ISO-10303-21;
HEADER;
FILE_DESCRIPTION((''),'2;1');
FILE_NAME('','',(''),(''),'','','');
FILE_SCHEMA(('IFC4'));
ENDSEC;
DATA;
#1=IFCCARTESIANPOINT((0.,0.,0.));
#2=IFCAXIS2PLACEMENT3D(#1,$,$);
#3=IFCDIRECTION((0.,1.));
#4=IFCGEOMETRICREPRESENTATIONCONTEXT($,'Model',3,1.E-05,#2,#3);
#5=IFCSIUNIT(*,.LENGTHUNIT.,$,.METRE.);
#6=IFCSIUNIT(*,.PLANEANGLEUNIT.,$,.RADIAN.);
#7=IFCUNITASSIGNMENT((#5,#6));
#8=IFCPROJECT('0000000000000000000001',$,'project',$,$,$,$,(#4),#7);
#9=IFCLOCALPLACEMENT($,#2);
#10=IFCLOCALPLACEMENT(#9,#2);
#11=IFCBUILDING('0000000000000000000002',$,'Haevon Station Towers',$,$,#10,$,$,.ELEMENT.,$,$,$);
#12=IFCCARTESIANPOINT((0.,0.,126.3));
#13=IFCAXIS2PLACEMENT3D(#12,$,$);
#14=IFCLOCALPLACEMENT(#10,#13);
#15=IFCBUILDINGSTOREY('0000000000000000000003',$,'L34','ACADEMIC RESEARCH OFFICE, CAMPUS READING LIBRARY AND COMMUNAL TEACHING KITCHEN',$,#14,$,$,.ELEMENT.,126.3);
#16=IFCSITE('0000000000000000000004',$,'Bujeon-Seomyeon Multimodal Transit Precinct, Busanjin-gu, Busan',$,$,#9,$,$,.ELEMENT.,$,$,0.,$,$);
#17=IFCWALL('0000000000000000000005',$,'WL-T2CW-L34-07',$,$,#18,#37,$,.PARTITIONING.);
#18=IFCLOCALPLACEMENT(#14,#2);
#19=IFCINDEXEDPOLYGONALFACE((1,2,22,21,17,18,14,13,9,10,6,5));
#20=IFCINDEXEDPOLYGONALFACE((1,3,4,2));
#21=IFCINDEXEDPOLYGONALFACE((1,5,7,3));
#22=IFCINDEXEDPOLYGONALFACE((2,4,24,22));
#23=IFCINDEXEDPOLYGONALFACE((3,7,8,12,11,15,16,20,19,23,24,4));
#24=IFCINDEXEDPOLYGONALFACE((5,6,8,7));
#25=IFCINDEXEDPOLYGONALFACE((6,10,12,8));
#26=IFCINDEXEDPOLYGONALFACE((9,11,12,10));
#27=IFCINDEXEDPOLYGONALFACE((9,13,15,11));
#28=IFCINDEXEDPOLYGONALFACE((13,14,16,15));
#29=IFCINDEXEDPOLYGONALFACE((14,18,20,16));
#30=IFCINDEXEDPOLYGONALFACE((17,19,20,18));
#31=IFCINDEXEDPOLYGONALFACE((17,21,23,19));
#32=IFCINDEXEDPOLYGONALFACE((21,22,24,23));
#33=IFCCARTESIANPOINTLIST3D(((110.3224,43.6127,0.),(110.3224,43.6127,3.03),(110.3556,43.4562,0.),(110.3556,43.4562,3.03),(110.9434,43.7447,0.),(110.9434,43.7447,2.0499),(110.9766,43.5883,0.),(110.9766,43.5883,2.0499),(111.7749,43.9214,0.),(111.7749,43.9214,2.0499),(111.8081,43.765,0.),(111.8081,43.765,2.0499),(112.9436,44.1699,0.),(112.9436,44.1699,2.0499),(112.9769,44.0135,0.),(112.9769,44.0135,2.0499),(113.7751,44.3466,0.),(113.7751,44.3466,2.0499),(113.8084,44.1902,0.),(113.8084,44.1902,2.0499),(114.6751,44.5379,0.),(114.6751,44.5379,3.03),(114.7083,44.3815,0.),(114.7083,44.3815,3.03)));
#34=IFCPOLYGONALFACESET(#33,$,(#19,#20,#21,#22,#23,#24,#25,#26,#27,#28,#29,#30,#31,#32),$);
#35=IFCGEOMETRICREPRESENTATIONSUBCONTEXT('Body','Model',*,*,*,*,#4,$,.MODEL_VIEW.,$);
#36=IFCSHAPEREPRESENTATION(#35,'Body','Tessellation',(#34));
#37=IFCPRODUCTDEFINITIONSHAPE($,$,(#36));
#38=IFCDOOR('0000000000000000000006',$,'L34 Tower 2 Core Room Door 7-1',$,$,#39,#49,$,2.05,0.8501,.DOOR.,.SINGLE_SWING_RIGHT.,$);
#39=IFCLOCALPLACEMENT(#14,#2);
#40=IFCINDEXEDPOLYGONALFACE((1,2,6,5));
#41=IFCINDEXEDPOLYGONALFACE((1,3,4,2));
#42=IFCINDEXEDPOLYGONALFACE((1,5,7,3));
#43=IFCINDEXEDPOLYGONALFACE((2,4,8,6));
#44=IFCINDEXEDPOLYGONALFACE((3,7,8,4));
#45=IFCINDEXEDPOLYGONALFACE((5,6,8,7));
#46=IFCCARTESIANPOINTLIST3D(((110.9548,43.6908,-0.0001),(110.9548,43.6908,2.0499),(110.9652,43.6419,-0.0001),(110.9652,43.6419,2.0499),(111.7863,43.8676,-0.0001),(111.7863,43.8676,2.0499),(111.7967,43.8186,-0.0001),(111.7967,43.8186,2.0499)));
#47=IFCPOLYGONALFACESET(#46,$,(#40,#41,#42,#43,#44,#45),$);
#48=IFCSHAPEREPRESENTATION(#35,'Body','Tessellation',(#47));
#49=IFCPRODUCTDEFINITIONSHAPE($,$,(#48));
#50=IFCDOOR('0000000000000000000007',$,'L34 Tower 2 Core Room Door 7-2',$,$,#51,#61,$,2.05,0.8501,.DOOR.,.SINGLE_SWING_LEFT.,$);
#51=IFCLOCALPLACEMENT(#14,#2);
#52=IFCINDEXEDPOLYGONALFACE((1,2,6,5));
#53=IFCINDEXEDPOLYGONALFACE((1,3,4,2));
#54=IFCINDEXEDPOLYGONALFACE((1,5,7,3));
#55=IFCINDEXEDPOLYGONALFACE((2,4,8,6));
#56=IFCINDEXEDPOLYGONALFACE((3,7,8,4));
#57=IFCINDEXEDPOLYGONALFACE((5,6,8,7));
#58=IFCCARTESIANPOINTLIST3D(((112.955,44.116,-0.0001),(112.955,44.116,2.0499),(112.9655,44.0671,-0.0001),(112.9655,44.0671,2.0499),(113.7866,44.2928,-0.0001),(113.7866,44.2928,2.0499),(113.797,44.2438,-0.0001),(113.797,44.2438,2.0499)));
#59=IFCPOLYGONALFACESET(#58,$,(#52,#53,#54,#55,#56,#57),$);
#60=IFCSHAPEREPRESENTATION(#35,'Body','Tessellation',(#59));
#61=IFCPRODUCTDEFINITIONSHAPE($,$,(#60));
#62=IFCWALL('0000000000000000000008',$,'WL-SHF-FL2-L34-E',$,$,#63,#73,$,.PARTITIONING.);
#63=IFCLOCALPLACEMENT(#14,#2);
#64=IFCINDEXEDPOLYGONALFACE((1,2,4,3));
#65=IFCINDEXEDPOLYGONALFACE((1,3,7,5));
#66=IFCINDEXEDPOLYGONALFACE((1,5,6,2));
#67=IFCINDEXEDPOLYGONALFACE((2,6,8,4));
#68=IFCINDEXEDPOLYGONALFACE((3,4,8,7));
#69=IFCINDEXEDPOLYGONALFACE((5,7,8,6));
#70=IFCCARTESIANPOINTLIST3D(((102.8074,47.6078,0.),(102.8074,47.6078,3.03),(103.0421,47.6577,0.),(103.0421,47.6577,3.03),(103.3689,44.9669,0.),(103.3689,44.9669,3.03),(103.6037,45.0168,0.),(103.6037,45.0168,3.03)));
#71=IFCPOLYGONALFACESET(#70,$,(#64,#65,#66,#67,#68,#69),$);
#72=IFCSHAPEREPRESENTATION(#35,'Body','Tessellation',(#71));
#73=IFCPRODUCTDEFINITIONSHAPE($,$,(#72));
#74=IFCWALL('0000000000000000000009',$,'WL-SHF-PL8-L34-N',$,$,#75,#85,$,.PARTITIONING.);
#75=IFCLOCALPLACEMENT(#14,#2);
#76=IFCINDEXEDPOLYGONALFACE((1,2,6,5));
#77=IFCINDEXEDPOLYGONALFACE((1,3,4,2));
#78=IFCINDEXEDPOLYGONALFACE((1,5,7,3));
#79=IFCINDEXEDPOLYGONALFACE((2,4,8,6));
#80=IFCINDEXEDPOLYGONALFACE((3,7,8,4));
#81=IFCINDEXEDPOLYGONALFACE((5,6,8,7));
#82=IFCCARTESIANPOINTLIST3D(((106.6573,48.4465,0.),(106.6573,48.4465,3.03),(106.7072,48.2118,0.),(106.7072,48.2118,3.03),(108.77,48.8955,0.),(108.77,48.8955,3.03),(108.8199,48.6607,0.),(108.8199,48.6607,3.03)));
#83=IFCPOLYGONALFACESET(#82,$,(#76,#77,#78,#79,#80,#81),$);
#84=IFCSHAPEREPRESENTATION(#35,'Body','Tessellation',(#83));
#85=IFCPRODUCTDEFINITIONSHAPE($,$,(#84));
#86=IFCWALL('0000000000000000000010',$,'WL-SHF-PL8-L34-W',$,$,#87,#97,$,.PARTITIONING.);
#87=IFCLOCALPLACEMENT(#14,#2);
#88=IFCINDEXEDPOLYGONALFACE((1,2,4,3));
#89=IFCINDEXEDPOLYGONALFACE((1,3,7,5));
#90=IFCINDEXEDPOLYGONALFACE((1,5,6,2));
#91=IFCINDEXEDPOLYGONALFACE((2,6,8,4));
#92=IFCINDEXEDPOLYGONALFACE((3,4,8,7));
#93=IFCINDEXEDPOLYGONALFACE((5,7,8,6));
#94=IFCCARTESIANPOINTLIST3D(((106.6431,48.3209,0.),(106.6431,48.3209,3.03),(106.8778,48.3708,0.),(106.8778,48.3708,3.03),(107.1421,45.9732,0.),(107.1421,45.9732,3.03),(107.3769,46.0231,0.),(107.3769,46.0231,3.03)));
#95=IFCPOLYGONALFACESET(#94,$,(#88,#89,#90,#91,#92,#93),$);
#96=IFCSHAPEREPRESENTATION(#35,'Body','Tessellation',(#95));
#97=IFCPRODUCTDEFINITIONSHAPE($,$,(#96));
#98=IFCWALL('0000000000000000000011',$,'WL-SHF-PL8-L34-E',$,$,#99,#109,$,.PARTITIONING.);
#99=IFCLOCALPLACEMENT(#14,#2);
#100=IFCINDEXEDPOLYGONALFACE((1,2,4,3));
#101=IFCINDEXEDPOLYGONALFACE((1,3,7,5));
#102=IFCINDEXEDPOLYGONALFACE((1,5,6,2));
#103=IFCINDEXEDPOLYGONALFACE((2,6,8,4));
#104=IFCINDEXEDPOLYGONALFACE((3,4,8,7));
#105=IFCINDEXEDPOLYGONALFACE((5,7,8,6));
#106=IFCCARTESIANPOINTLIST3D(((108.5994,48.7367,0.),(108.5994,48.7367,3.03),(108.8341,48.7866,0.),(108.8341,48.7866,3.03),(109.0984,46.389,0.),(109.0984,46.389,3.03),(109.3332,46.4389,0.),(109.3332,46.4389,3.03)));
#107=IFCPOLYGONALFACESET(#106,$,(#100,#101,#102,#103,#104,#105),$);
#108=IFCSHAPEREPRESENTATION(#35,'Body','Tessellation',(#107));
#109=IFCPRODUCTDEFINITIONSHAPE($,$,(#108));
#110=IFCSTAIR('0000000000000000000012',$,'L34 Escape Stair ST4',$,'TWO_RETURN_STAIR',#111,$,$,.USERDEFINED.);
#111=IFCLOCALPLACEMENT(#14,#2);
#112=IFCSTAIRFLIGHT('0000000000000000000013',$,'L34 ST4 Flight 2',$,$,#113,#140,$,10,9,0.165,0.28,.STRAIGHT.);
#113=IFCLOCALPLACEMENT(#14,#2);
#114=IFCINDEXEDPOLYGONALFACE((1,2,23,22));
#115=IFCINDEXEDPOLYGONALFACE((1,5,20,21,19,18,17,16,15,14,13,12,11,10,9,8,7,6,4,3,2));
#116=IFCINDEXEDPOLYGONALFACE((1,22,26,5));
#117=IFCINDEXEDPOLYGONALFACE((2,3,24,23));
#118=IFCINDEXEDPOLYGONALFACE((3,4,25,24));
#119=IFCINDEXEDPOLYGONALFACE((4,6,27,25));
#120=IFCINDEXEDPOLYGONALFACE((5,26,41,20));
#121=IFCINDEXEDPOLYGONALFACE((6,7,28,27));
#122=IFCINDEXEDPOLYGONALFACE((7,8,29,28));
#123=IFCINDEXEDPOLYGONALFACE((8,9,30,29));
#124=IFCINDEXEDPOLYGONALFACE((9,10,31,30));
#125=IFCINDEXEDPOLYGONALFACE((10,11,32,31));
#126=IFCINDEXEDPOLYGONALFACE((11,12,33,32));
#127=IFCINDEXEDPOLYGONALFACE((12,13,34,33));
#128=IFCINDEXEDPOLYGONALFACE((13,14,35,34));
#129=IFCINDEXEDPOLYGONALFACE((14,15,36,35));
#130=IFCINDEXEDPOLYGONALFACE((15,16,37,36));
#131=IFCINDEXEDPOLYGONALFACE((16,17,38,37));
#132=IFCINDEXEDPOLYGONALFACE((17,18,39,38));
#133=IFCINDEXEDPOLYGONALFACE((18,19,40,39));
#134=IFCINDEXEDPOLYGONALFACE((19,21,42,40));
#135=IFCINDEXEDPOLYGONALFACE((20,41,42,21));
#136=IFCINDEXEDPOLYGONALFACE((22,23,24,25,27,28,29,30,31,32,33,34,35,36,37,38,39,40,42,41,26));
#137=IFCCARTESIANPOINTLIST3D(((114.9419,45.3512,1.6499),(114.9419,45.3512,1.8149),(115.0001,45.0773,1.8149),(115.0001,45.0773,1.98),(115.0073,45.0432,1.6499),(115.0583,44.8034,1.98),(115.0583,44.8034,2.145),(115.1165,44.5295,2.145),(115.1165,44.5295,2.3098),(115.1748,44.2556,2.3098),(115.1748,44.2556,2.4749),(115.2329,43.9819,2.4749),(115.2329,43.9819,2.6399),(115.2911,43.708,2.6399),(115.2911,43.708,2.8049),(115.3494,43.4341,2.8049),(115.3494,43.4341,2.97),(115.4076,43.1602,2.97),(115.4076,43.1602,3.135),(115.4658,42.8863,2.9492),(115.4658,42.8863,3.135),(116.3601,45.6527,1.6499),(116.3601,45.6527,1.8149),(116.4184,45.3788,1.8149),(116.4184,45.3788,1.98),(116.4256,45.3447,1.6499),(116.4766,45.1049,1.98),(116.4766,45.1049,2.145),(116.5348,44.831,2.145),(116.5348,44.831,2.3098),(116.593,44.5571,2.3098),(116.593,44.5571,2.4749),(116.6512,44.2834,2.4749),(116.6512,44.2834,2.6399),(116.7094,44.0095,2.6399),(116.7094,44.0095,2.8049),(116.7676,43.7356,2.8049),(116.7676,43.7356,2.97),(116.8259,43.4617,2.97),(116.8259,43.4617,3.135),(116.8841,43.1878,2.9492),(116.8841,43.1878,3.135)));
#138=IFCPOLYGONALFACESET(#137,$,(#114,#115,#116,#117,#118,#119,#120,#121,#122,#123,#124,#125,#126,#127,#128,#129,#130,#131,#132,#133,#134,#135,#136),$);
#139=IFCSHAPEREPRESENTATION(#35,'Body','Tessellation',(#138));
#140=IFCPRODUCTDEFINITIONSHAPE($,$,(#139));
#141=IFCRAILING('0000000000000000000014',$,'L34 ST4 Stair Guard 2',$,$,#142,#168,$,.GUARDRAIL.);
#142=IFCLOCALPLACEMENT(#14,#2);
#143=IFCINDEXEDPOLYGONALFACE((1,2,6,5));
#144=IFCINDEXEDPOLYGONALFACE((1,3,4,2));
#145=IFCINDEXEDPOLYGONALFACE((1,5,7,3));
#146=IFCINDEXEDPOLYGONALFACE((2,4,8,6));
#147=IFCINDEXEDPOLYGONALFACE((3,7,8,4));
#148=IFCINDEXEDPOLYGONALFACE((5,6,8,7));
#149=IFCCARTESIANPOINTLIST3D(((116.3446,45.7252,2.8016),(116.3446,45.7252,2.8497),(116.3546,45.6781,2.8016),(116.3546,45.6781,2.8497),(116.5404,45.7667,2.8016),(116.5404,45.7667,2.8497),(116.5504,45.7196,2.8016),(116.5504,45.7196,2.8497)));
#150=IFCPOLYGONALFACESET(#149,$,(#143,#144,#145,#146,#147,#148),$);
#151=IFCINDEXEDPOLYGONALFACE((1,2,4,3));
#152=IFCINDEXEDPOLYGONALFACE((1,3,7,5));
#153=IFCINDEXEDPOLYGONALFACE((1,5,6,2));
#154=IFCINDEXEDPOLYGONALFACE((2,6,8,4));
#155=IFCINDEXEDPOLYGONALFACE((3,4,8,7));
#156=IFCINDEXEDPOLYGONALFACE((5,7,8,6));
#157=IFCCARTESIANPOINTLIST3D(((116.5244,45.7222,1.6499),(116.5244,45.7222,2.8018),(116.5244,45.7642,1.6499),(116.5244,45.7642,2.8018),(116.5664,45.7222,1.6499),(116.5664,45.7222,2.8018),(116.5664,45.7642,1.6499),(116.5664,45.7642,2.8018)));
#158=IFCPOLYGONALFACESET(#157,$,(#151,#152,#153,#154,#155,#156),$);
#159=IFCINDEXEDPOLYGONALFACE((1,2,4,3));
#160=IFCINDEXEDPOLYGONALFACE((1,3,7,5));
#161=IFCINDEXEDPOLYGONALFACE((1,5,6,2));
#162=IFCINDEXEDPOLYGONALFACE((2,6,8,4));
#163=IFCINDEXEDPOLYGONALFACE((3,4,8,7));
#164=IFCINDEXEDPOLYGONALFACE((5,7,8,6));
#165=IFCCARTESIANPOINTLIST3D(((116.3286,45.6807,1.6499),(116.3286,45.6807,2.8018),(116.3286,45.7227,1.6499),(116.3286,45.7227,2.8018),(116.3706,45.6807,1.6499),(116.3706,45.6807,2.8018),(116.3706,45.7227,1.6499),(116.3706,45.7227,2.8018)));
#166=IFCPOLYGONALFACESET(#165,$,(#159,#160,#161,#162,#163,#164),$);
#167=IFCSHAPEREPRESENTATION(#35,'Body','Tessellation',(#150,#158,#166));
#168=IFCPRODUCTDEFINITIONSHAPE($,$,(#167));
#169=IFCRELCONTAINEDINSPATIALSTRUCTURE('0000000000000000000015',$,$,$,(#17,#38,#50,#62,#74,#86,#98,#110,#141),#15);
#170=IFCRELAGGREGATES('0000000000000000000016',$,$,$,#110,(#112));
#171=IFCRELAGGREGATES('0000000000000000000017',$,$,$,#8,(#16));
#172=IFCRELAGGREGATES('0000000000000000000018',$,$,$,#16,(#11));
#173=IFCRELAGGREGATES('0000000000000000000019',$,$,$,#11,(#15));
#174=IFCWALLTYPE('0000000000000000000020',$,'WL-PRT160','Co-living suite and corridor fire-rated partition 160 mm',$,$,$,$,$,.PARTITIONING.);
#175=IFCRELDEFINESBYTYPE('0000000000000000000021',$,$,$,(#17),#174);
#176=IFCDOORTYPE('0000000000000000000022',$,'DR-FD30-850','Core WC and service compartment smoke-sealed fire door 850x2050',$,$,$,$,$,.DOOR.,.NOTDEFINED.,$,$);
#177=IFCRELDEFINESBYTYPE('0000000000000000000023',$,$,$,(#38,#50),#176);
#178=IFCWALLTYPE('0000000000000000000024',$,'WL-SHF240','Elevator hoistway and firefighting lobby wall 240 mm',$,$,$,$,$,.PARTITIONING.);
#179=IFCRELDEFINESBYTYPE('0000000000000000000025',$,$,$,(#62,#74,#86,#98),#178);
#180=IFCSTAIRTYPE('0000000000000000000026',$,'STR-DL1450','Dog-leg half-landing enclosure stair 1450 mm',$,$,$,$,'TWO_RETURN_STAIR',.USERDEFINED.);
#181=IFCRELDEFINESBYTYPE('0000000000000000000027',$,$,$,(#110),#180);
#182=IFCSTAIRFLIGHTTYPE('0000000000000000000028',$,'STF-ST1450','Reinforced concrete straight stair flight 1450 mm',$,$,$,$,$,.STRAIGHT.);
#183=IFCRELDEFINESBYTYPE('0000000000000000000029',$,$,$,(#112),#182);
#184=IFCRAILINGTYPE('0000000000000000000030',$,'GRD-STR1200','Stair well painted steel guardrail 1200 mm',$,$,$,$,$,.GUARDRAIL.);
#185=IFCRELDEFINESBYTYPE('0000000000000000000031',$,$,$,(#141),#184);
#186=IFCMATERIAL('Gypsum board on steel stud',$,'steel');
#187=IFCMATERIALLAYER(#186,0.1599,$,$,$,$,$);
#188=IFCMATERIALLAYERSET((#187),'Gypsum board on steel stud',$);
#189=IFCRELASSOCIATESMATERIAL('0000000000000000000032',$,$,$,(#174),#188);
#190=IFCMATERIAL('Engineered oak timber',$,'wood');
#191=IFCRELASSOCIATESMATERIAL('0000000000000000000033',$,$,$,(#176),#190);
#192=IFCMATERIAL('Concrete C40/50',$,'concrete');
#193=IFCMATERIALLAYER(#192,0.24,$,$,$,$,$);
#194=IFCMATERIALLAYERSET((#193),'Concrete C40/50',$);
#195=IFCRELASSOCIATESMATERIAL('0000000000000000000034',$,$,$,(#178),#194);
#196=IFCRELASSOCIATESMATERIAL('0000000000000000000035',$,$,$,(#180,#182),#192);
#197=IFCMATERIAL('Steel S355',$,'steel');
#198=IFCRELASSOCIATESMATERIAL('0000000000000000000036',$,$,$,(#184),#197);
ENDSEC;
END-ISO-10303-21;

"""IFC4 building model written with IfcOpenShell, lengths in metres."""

from ifc_helpers import new_model, si_unit, direction, frame, frame_2d, origin, origin_2d, place, context, subcontext, project, spatial, polyline, rectangle, outline, extrude, material, layer, layer_set, type_object, element, fill, aggregate, save


model = new_model("IFC4")

# Units and contexts
model_context = context("Model", 3, precision=1e-05, world=origin(), true_north=direction((0.0, 1.0)))
body_context = subcontext(model_context, "Body", "Model", "MODEL_VIEW")
ifc_project = project(units=[si_unit("LENGTHUNIT", "METRE"), si_unit("PLANEANGLEUNIT", "RADIAN")], contexts=[model_context])

# Site, building, storey
site_placement = place(None, origin())
site = spatial("IfcSite", under=ifc_project, at=site_placement, Name="Bujeon-Seomyeon Multimodal Transit Precinct, Busanjin-gu, Busan", CompositionType="ELEMENT", RefElevation=0.0)
building_placement = place(site_placement, origin())
building = spatial("IfcBuilding", under=site, at=building_placement, Name="Haevon Station Towers", CompositionType="ELEMENT")
storey_placement = place(building_placement, frame((0.0, 0.0, 126.3)))
storey = spatial("IfcBuildingStorey", under=building, at=storey_placement, Name="L34", Description="ACADEMIC RESEARCH OFFICE, CAMPUS READING LIBRARY AND COMMUNAL TEACHING KITCHEN", CompositionType="ELEMENT", Elevation=126.3)

# Shared definitions
ifc_material_1 = material(Name="Gypsum board on steel stud", Category="steel")
ifc_material_2 = material(Name="Engineered oak timber", Category="wood")

# Shared definitions
ifc_layer_1 = layer(ifc_material_1, 0.1599)
ifc_layer_set_1 = layer_set([ifc_layer_1], Name="Gypsum board on steel stud")
wall_type_1 = type_object("IfcWallType", Name="WL-PRT160", Description="Co-living suite and corridor fire-rated partition 160 mm", PredefinedType="PARTITIONING", material=ifc_layer_set_1)

# Wall, openings, doors
wall_1_placement = place(storey_placement, frame((110.3389, 43.5344, 0.0), z_axis=(0.0, 0.0, 1.0), x_axis=(0.978144, 0.207929, 0.0)))
wall_1 = element("IfcWall", 1, at=wall_1_placement, inside=storey, type_object=wall_type_1, Name="WL-T2CW-L34-07", PredefinedType="PARTITIONING", context=body_context, shape_type="SweptSolid", body=[
    extrude(rectangle(XDim=4.45, YDim=0.1599, at=frame_2d((2.2251, 0.0))), origin(), (0.0, 0.0, 1.0), 3.03),
])
opening_1_placement = place(wall_1_placement, frame((0.635, 0.0, 0.0)))
opening_1 = element("IfcOpeningElement", 2, at=opening_1_placement, cuts=wall_1, PredefinedType="OPENING", context=body_context, shape_type="SweptSolid", body=[
    extrude(rectangle(XDim=0.8501, YDim=2.05, at=frame_2d((0.425, 1.0249))), frame((0.0, 0.0898, 0.0), z_axis=(0.0, -1.0, 0.0), x_axis=(1.0, 0.0, 0.0)), (0.0, 0.0, 1.0), 0.1799),
])
opening_2_placement = place(wall_1_placement, frame((2.6799, 0.0, 0.0)))
opening_2 = element("IfcOpeningElement", 3, at=opening_2_placement, cuts=wall_1, PredefinedType="OPENING", context=body_context, shape_type="SweptSolid", body=[
    extrude(rectangle(XDim=0.8501, YDim=2.05, at=frame_2d((0.425, 1.0249))), frame((0.0, 0.0898, 0.0), z_axis=(0.0, -1.0, 0.0), x_axis=(1.0, 0.0, 0.0)), (0.0, 0.0, 1.0), 0.1799),
])
door_type_1 = type_object("IfcDoorType", Name="DR-FD30-850", Description="Core WC and service compartment smoke-sealed fire door 850x2050", OperationType="NOTDEFINED", PredefinedType="DOOR", material=ifc_material_2)
door_1_placement = place(opening_1_placement, origin())
door_1 = element("IfcDoor", 4, at=door_1_placement, inside=storey, type_object=door_type_1, Name="L34 Tower 2 Core Room Door 7-1", OperationType="SINGLE_SWING_RIGHT", OverallHeight=2.05, OverallWidth=0.8501, PredefinedType="DOOR", context=body_context, shape_type="SweptSolid", body=[
    extrude(rectangle(XDim=0.8501, YDim=2.05, at=frame_2d((0.425, 1.0249))), frame((0.0, 0.0249, 0.0), z_axis=(0.0, -1.0, 0.0), x_axis=(1.0, 0.0, 0.0)), (0.0, 0.0, 1.0), 0.05),
])
fill(opening_1, door_1)
door_2_placement = place(opening_2_placement, origin())
door_2 = element("IfcDoor", 5, at=door_2_placement, inside=storey, type_object=door_type_1, Name="L34 Tower 2 Core Room Door 7-2", OperationType="SINGLE_SWING_LEFT", OverallHeight=2.05, OverallWidth=0.8501, PredefinedType="DOOR", context=body_context, shape_type="SweptSolid", body=[
    extrude(rectangle(XDim=0.8501, YDim=2.05, at=frame_2d((0.425, 1.0249))), frame((0.0, 0.0249, 0.0), z_axis=(0.0, -1.0, 0.0), x_axis=(1.0, 0.0, 0.0)), (0.0, 0.0, 1.0), 0.05),
])
fill(opening_2, door_2)

# Wall
ifc_material_3 = material(Name="Concrete C40/50", Category="concrete")
ifc_layer_2 = layer(ifc_material_3, 0.24)
ifc_layer_set_2 = layer_set([ifc_layer_2], Name="Concrete C40/50")
wall_type_2 = type_object("IfcWallType", Name="WL-SHF240", Description="Elevator hoistway and firefighting lobby wall 240 mm", PredefinedType="PARTITIONING", material=ifc_layer_set_2)
wall_2_placement = place(storey_placement, frame((103.4863, 44.9917, 0.0), z_axis=(0.0, 0.0, 1.0), x_axis=(-0.207979, 0.978133, 0.0)))
element("IfcWall", 6, at=wall_2_placement, inside=storey, type_object=wall_type_2, Name="WL-SHF-FL2-L34-E", PredefinedType="PARTITIONING", context=body_context, shape_type="SweptSolid", body=[
    extrude(rectangle(XDim=2.7, YDim=0.24, at=frame_2d((1.3501, 0.0))), origin(), (0.0, 0.0, 1.0), 3.03),
])

# Walls
wall_3_placement = place(storey_placement, frame((106.6821, 48.3291, 0.0), z_axis=(0.0, 0.0, 1.0), x_axis=(0.978158, 0.207861, 0.0)))
element("IfcWall", 7, at=wall_3_placement, inside=storey, type_object=wall_type_2, Name="WL-SHF-PL8-L34-N", PredefinedType="PARTITIONING", context=body_context, shape_type="SweptSolid", body=[
    extrude(rectangle(XDim=2.1599, YDim=0.24, at=frame_2d((1.0801, 0.0))), origin(), (0.0, 0.0, 1.0), 3.03),
])
for number, where, z_axis, x_axis, name in (
    (8, (107.2595, 45.998, 0.0), (0.0, 0.0, 1.0), (-0.207917, 0.978146, 0.0), "WL-SHF-PL8-L34-W"),
    (9, (109.2158, 46.4138, 0.0), (0.0, 0.0, 1.0), (-0.207917, 0.978146, 0.0), "WL-SHF-PL8-L34-E"),
):
    element("IfcWall", number, at=place(storey_placement, frame(where, z_axis=z_axis, x_axis=x_axis)), inside=storey, type_object=wall_type_2, Name=name, PredefinedType="PARTITIONING", context=body_context, shape_type="SweptSolid", body=[
        extrude(rectangle(XDim=2.4001, YDim=0.24, at=frame_2d((1.2002, 0.0))), origin(), (0.0, 0.0, 1.0), 3.03),
    ])

# Stair, stair flight
stair_type = type_object("IfcStairType", Name="STR-DL1450", Description="Dog-leg half-landing enclosure stair 1450 mm", ElementType="TWO_RETURN_STAIR", PredefinedType="USERDEFINED", material=ifc_material_3)
stair_placement = place(storey_placement, origin())
stair = element("IfcStair", 10, at=stair_placement, inside=storey, type_object=stair_type, Name="L34 Escape Stair ST4", ObjectType="TWO_RETURN_STAIR", PredefinedType="USERDEFINED")
stair_flight_type = type_object("IfcStairFlightType", Name="STF-ST1450", Description="Reinforced concrete straight stair flight 1450 mm", PredefinedType="STRAIGHT", material=ifc_material_3)
stair_flight_placement = place(storey_placement, frame((115.6509, 45.502, 1.6499), z_axis=(0.0, 0.0, 1.0), x_axis=(0.207912, -0.978148, 0.0)))
stair_flight = element("IfcStairFlight", 11, at=stair_flight_placement, type_object=stair_flight_type, Name="L34 ST4 Flight 2", NumberOfRisers=10, NumberOfTreads=9, PredefinedType="STRAIGHT", RiserHeight=0.165, TreadLength=0.28, context=body_context, shape_type="SweptSolid", body=[
    extrude(outline(polyline([(0.0, 0.0), (0.0, 0.165), (0.28, 0.165), (0.28, 0.3301), (0.5601, 0.3301), (0.5601, 0.4951), (0.8401, 0.4951), (0.8401, 0.6599), (1.1201, 0.6599), (1.1201, 0.825), (1.3999, 0.825), (1.3999, 0.99), (1.6799, 0.99), (1.6799, 1.155), (1.96, 1.155), (1.96, 1.3201), (2.24, 1.3201), (2.24, 1.4851), (2.52, 1.4851), (2.52, 1.6499), (2.52, 1.2993), (0.3149, 0.0), (0.0, 0.0)])), frame((0.0, 0.7251, 0.0), z_axis=(0.0, -1.0, 0.0), x_axis=(1.0, 0.0, 0.0)), (0.0, 0.0, 1.0), 1.45),
])
aggregate(stair, [stair_flight])

# Railing
ifc_material_4 = material(Name="Steel S355", Category="steel")
railing_type_1 = type_object("IfcRailingType", Name="GRD-STR1200", Description="Stair well painted steel guardrail 1200 mm", PredefinedType="GUARDRAIL", material=ifc_material_4)
railing_1_placement = place(storey_placement, frame((116.5454, 45.7432, 1.6499)))
element("IfcRailing", 12, at=railing_1_placement, inside=storey, type_object=railing_type_1, Name="L34 ST4 Stair Guard 2", PredefinedType="GUARDRAIL", context=body_context, shape_type="SweptSolid", body=[
    extrude(rectangle(XDim=0.0481, YDim=0.0481, at=origin_2d()), frame((0.0, 0.0, 1.1758), z_axis=(-0.978264, -0.207363, 0.0), x_axis=(0.207363, -0.978264, 0.0)), (0.0, 0.0, 1.0), 0.2002),
    extrude(rectangle(XDim=0.042, YDim=0.042, at=origin_2d()), origin(), (0.0, 0.0, 1.0), 1.1519),
    extrude(rectangle(XDim=0.042, YDim=0.042, at=origin_2d()), frame((-0.1958, -0.0415, 0.0)), (0.0, 0.0, 1.0), 1.1519),
])

save(model, "model.ifc")
